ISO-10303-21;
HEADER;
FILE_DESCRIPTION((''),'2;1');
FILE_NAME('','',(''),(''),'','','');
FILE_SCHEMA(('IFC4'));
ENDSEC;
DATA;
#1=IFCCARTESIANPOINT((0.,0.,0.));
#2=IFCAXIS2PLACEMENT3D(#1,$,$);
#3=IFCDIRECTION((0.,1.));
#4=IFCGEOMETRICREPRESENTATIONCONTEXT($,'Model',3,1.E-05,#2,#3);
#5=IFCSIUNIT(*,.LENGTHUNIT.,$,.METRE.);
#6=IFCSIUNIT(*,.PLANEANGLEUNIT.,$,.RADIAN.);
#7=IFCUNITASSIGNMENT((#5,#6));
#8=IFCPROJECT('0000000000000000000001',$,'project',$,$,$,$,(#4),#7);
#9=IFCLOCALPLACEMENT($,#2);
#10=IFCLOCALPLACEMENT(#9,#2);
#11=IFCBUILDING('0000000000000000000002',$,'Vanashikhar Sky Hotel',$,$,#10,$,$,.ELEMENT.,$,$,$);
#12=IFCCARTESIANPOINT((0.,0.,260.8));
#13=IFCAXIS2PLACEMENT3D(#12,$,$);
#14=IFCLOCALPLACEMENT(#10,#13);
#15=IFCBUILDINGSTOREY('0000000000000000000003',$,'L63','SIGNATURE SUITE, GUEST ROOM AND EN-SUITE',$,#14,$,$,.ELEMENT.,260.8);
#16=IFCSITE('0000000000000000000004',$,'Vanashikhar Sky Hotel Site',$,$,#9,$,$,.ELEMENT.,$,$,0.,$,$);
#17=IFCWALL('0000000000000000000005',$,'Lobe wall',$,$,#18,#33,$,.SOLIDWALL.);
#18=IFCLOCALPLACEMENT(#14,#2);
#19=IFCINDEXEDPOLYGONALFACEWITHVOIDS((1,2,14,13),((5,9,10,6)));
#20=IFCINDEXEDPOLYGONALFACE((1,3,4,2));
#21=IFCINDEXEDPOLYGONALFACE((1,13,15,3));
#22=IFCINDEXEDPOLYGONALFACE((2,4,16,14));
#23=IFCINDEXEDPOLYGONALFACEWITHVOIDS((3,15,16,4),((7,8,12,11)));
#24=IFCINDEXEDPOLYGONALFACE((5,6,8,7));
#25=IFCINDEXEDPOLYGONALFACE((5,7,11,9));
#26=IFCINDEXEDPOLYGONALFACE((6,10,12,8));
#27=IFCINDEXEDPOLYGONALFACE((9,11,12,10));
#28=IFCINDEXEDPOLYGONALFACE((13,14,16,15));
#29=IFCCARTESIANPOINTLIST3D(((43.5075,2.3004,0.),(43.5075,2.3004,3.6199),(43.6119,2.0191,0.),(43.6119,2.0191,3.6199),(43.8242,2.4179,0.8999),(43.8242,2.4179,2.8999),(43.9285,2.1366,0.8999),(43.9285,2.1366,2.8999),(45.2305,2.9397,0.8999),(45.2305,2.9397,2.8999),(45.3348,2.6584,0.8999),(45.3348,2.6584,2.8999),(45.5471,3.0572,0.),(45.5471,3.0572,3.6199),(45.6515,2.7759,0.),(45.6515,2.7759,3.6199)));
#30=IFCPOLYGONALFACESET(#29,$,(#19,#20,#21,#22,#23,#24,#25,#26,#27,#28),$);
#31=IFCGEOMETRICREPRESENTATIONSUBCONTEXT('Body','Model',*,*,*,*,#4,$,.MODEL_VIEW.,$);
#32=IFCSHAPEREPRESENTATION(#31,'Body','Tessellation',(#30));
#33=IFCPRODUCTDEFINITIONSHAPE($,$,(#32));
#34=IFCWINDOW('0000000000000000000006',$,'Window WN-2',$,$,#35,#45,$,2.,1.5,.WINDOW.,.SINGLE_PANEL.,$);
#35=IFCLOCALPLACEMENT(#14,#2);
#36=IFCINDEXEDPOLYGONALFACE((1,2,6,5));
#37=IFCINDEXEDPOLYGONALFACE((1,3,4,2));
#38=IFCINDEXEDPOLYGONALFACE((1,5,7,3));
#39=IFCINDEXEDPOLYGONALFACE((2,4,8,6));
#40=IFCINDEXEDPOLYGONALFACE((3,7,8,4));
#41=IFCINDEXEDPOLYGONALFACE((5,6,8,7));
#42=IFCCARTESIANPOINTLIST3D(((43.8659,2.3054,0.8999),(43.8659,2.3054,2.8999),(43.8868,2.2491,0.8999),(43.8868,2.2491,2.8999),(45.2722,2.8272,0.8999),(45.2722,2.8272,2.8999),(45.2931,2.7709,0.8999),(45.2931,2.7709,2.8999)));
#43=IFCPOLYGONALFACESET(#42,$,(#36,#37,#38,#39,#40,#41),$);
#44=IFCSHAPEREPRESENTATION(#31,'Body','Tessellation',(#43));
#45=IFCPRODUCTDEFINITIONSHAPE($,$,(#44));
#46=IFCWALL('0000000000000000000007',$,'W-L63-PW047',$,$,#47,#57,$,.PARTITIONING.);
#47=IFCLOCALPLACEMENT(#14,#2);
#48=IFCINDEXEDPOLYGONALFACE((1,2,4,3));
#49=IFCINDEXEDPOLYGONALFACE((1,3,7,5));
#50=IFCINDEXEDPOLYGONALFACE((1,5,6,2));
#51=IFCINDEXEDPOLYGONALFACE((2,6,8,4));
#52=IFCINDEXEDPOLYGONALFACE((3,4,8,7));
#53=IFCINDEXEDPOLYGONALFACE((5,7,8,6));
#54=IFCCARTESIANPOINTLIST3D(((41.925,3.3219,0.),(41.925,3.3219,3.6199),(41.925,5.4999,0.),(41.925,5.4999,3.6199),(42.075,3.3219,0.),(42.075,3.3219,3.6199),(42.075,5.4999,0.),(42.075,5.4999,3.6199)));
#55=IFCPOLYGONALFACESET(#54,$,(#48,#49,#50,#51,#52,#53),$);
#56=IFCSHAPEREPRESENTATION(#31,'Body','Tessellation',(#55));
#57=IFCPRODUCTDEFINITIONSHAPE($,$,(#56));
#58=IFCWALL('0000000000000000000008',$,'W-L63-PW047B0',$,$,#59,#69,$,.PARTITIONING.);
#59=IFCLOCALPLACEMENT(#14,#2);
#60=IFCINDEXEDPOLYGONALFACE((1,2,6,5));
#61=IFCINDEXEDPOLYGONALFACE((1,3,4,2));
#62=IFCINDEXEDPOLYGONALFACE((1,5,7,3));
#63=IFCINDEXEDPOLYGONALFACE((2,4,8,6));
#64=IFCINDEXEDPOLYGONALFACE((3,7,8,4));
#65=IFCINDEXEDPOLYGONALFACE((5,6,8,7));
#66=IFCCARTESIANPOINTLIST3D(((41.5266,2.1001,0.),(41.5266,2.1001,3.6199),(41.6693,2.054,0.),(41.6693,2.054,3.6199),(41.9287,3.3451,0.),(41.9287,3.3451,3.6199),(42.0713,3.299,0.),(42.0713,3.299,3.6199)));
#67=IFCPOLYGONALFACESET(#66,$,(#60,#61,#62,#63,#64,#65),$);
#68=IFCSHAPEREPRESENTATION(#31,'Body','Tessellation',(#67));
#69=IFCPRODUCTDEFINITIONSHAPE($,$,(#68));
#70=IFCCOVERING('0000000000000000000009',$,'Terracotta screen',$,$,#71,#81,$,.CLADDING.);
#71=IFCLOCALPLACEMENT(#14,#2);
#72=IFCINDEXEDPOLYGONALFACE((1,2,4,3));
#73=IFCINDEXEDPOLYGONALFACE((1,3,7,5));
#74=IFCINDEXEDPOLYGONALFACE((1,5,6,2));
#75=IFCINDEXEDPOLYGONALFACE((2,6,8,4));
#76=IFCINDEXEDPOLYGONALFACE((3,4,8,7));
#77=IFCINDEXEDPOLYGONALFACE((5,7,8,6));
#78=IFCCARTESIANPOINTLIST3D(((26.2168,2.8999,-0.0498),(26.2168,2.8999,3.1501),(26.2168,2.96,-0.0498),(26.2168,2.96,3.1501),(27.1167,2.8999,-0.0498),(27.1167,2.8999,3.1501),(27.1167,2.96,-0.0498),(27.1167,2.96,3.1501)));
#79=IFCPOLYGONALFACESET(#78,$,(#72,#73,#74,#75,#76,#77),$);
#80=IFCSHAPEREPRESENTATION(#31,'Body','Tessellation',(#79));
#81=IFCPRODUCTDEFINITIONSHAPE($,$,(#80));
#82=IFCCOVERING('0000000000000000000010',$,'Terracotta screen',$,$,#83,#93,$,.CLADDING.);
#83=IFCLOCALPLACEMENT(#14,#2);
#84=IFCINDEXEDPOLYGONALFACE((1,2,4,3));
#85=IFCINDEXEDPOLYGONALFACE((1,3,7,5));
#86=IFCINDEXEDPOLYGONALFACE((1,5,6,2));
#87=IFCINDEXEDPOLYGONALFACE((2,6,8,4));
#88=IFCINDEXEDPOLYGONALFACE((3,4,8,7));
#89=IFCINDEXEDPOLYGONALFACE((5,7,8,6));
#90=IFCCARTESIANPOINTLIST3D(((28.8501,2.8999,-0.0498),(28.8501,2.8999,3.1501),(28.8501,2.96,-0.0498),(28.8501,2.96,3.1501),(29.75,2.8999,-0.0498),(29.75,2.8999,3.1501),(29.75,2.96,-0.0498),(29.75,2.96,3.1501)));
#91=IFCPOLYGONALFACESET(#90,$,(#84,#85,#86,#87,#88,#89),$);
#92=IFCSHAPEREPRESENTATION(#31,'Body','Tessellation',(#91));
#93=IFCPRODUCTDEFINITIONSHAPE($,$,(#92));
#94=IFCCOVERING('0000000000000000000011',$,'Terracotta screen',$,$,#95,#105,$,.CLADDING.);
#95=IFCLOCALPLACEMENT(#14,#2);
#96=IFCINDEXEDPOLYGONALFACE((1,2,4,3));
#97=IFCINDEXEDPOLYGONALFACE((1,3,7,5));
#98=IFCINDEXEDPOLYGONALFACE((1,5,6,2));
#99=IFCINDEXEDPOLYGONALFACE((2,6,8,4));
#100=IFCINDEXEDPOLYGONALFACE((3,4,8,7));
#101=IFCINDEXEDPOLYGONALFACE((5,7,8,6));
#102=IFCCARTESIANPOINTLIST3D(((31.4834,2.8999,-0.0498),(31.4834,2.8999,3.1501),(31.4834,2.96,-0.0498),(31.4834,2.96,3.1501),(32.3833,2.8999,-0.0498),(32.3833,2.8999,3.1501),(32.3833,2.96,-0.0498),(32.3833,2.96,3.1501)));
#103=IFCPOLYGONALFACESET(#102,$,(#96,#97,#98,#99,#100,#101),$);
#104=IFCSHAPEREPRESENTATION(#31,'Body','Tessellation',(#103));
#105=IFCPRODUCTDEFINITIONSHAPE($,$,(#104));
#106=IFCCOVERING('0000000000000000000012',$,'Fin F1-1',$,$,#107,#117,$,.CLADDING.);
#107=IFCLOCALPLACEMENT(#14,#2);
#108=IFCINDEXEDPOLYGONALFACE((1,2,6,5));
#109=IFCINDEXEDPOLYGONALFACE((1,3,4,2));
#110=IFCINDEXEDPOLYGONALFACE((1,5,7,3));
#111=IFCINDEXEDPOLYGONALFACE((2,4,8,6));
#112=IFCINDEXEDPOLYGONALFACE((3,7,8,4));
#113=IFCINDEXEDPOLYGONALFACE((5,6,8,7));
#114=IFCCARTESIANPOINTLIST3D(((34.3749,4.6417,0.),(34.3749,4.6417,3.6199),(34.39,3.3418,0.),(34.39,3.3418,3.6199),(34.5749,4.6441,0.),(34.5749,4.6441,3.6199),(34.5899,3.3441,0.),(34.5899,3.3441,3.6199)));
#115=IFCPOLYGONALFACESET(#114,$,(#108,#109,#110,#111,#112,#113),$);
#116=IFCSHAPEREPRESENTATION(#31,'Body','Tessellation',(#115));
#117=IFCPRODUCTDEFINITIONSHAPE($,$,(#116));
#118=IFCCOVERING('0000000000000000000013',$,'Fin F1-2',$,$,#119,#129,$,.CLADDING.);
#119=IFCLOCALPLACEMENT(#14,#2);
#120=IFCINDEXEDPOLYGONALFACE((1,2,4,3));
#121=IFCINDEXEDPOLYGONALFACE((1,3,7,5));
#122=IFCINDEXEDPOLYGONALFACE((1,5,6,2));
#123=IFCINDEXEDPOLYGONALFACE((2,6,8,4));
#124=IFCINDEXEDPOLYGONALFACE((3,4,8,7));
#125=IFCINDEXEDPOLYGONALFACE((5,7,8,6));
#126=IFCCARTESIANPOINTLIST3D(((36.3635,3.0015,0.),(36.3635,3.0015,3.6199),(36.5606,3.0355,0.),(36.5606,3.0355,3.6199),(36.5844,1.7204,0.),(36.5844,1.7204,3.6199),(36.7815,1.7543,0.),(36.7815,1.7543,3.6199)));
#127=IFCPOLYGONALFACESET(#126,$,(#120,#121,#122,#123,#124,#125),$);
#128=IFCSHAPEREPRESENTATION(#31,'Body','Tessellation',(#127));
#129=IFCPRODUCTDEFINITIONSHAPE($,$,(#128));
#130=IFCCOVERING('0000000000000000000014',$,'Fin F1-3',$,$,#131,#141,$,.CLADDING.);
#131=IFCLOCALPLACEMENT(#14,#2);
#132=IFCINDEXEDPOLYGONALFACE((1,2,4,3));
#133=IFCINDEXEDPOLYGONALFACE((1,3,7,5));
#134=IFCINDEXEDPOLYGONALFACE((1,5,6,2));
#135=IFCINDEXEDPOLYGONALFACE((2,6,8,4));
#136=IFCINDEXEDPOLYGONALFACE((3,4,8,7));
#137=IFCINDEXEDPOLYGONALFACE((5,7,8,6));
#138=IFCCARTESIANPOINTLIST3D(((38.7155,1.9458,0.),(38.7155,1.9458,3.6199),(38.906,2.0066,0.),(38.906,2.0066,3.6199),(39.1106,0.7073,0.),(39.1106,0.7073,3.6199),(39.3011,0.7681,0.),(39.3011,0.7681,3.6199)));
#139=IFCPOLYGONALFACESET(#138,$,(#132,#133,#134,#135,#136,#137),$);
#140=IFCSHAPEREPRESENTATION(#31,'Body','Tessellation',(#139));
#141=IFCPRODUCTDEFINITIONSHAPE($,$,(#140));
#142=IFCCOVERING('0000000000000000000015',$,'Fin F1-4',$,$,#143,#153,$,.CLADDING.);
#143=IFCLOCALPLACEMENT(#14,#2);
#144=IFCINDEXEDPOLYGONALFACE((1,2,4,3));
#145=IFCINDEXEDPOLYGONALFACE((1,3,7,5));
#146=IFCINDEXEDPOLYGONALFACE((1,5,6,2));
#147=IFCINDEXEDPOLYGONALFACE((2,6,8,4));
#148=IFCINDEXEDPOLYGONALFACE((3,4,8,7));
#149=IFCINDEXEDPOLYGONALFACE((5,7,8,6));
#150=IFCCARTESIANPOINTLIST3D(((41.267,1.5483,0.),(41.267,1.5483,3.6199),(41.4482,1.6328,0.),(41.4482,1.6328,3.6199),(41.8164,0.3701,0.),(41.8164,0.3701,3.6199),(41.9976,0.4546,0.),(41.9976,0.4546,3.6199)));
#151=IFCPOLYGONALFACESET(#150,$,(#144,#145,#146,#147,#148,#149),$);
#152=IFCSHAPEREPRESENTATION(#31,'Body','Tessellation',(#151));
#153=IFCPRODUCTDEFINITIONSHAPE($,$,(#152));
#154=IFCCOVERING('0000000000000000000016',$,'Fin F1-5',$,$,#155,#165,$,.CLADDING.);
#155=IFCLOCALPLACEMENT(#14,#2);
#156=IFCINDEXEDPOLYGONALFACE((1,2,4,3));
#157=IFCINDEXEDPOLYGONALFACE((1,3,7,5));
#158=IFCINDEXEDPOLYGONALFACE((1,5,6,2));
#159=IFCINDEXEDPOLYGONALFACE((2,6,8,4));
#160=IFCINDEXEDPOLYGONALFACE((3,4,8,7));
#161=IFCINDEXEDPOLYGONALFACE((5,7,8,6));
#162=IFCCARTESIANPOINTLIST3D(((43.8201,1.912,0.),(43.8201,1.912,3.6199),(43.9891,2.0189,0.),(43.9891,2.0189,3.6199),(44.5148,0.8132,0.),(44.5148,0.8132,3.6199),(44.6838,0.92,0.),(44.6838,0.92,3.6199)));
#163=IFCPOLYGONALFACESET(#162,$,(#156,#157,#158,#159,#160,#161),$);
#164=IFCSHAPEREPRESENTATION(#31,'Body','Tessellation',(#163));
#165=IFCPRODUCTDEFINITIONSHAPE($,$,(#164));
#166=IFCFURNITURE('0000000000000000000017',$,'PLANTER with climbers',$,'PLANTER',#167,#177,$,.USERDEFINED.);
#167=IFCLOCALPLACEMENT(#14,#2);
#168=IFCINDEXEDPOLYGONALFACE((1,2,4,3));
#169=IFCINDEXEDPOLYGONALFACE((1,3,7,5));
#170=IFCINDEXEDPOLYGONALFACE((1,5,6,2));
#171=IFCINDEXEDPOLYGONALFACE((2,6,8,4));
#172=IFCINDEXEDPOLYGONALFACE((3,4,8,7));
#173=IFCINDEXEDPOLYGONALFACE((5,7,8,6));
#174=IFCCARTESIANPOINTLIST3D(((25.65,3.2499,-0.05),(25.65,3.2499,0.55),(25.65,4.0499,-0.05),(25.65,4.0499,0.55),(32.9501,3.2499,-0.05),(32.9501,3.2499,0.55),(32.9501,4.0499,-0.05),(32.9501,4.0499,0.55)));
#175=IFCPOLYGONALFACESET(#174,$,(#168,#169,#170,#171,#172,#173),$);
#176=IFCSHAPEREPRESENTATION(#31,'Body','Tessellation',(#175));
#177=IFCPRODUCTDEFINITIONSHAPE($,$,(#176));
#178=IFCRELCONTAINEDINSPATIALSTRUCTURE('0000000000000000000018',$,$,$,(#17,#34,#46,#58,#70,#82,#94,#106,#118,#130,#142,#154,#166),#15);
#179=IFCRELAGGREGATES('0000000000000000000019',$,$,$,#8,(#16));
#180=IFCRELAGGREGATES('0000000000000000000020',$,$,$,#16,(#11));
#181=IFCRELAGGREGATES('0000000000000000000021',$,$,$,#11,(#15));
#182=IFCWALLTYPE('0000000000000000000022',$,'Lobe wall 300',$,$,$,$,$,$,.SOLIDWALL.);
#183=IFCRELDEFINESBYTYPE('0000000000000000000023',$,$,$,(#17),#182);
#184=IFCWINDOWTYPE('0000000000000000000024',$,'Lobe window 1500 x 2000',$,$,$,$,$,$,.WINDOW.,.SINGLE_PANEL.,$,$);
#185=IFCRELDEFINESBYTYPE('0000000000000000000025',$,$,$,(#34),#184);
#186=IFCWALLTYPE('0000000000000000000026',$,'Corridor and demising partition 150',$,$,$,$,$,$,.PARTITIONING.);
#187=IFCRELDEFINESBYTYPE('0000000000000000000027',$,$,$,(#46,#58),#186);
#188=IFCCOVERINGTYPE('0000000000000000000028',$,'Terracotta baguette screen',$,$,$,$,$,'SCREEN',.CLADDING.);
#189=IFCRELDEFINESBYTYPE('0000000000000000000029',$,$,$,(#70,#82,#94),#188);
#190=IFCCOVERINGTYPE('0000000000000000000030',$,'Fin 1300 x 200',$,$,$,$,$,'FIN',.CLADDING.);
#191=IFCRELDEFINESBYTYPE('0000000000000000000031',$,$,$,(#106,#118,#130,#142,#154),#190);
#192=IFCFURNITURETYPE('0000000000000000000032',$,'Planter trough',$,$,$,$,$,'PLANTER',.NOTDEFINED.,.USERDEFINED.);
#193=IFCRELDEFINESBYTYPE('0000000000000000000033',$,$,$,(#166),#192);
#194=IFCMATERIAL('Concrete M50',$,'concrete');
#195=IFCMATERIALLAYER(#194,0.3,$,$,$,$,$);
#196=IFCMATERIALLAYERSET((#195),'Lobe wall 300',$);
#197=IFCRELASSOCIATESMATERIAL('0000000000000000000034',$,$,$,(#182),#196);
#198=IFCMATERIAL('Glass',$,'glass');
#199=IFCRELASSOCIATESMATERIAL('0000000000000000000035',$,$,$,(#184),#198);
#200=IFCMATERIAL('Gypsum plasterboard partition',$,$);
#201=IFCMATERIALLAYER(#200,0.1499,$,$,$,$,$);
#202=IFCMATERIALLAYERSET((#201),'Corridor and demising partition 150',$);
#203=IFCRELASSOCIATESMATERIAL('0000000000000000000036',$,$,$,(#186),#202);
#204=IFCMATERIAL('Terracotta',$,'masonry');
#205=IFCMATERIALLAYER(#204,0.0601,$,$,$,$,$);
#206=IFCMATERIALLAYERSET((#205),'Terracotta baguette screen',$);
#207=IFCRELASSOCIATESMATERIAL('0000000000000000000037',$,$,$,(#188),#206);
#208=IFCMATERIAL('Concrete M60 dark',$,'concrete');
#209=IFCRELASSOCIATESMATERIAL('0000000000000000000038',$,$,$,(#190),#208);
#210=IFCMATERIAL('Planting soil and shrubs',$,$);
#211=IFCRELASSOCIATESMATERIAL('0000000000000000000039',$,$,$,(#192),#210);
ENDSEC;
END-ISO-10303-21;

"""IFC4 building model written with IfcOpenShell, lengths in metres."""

from ifc_helpers import new_model, si_unit, direction, frame, frame_2d, origin, origin_2d, place, context, subcontext, project, spatial, rectangle, extrude, source, transform, mapped, material, layer, layer_set, material_profile, profile_set, type_object, element, fill, save


model = new_model("IFC4")

# Units and contexts
model_context = context("Model", 3, precision=1e-05, world=origin(), true_north=direction((0.0, 1.0)))
body_context = subcontext(model_context, "Body", "Model", "MODEL_VIEW")
ifc_project = project(units=[si_unit("LENGTHUNIT", "METRE"), si_unit("PLANEANGLEUNIT", "RADIAN")], contexts=[model_context])

# Site, building, storey
site_placement = place(None, origin())
site = spatial("IfcSite", under=ifc_project, at=site_placement, Name="Vanashikhar Sky Hotel Site", CompositionType="ELEMENT", RefElevation=0.0)
building_placement = place(site_placement, origin())
building = spatial("IfcBuilding", under=site, at=building_placement, Name="Vanashikhar Sky Hotel", CompositionType="ELEMENT")
storey_placement = place(building_placement, frame((0.0, 0.0, 260.8)))
storey = spatial("IfcBuildingStorey", under=building, at=storey_placement, Name="L63", Description="SIGNATURE SUITE, GUEST ROOM AND EN-SUITE", CompositionType="ELEMENT", Elevation=260.8)

# Wall, opening, window
ifc_material_1 = material(Name="Concrete M50", Category="concrete")
ifc_layer_1 = layer(ifc_material_1, 0.3)
ifc_layer_set_1 = layer_set([ifc_layer_1], Name="Lobe wall 300")
wall_type_1 = type_object("IfcWallType", Name="Lobe wall 300", PredefinedType="SOLIDWALL", material=ifc_layer_set_1)
shared_shape_1 = source(origin(), body_context, "Body", "SweptSolid", [
    extrude(rectangle(XDim=1.5, YDim=2.0, at=frame_2d((0.75, 1.0))), frame((0.0, 0.1602, 0.0), z_axis=(0.0, -1.0, 0.0), x_axis=(1.0, 0.0, 0.0)), (0.0, 0.0, 1.0), 0.3201),
])
ifc_material_2 = material(Name="Glass", Category="glass")
window_type = type_object("IfcWindowType", Name="Lobe window 1500 x 2000", PartitioningType="SINGLE_PANEL", PredefinedType="WINDOW", material=ifc_material_2)
shared_shape_2 = source(origin(), body_context, "Body", "SweptSolid", [
    extrude(rectangle(XDim=1.5, YDim=2.0, at=frame_2d((0.75, 1.0))), frame((0.0, 0.03, 0.0), z_axis=(0.0, -1.0, 0.0), x_axis=(1.0, 0.0, 0.0)), (0.0, 0.0, 1.0), 0.0601),
])
shared_shape_3 = source(origin(), body_context, "Body", "SweptSolid", [
    extrude(rectangle(XDim=2.1755, YDim=0.3, at=frame_2d((1.0879, 0.0))), origin(), (0.0, 0.0, 1.0), 3.6199),
])
wall_1_placement = place(storey_placement, frame((43.5596, 2.1597, 0.0), z_axis=(0.0, 0.0, 1.0), x_axis=(0.937532, 0.347899, 0.0)))
wall_1 = element("IfcWall", 1, at=wall_1_placement, inside=storey, type_object=wall_type_1, Name="Lobe wall", PredefinedType="SOLIDWALL", context=body_context, shape_type="MappedRepresentation", body=[
    mapped(shared_shape_3, transform((0.0, 0.0, 0.0), scale=1.0)),
])
opening_1_placement = place(wall_1_placement, frame((0.3379, 0.0, 0.8999)))
opening_1 = element("IfcOpeningElement", 2, at=opening_1_placement, cuts=wall_1, PredefinedType="OPENING", context=body_context, shape_type="MappedRepresentation", body=[
    mapped(shared_shape_1, transform((0.0, 0.0, 0.0), scale=1.0)),
])
window_1_placement = place(opening_1_placement, origin())
window_1 = element("IfcWindow", 3, at=window_1_placement, inside=storey, type_object=window_type, Name="Window WN-2", OverallHeight=2.0, OverallWidth=1.5, PartitioningType="SINGLE_PANEL", PredefinedType="WINDOW", context=body_context, shape_type="MappedRepresentation", body=[
    mapped(shared_shape_2, transform((0.0, 0.0, 0.0), scale=1.0)),
])
fill(opening_1, window_1)

# Walls
ifc_material_3 = material(Name="Gypsum plasterboard partition")
ifc_layer_2 = layer(ifc_material_3, 0.1499)
ifc_layer_set_2 = layer_set([ifc_layer_2], Name="Corridor and demising partition 150")
wall_type_2 = type_object("IfcWallType", Name="Corridor and demising partition 150", PredefinedType="PARTITIONING", material=ifc_layer_set_2)
shared_shape_4 = source(origin(), body_context, "Body", "SweptSolid", [
    extrude(rectangle(XDim=2.178, YDim=0.1499, at=frame_2d((1.0889, 0.0))), origin(), (0.0, 0.0, 1.0), 3.6199),
])
wall_2_placement = place(storey_placement, frame((42.0, 3.322, 0.0), z_axis=(0.0, 0.0, 1.0), x_axis=(0.0, 1.0, 0.0)))
element("IfcWall", 4, at=wall_2_placement, inside=storey, type_object=wall_type_2, Name="W-L63-PW047", PredefinedType="PARTITIONING", context=body_context, shape_type="MappedRepresentation", body=[
    mapped(shared_shape_4, transform((0.0, 0.0, 0.0), scale=1.0)),
])
shared_shape_5 = source(origin(), body_context, "Body", "SweptSolid", [
    extrude(rectangle(XDim=1.3083, YDim=0.1499, at=frame_2d((0.6543, 0.0))), origin(), (0.0, 0.0, 1.0), 3.6199),
])
wall_3_placement = place(storey_placement, frame((41.5979, 2.0769, 0.0), z_axis=(0.0, 0.0, 1.0), x_axis=(0.307314, 0.951608, 0.0)))
element("IfcWall", 5, at=wall_3_placement, inside=storey, type_object=wall_type_2, Name="W-L63-PW047B0", PredefinedType="PARTITIONING", context=body_context, shape_type="MappedRepresentation", body=[
    mapped(shared_shape_5, transform((0.0, 0.0, 0.0), scale=1.0)),
])

# Coverings
ifc_material_4 = material(Name="Terracotta", Category="masonry")
ifc_layer_3 = layer(ifc_material_4, 0.0601)
ifc_layer_set_3 = layer_set([ifc_layer_3], Name="Terracotta baguette screen")
covering_type_1 = type_object("IfcCoveringType", Name="Terracotta baguette screen", ElementType="SCREEN", PredefinedType="CLADDING", material=ifc_layer_set_3)
shared_shape_6 = source(origin(), body_context, "Body", "SweptSolid", [
    extrude(rectangle(XDim=0.8999, YDim=0.0601, at=origin_2d()), origin(), (0.0, 0.0, 1.0), 3.2),
])
for number, where, z_axis, x_axis, name in (
    (6, (26.6667, 2.9299, -0.0498), (0.0, 0.0, 1.0), (1.0, 0.0, 0.0), "Terracotta screen"),
    (7, (29.3, 2.9299, -0.0498), (0.0, 0.0, 1.0), (1.0, 0.0, 0.0), "Terracotta screen"),
    (8, (31.9333, 2.9299, -0.0498), (0.0, 0.0, 1.0), (1.0, 0.0, 0.0), "Terracotta screen"),
):
    element("IfcCovering", number, at=place(storey_placement, frame(where, z_axis=z_axis, x_axis=x_axis)), inside=storey, type_object=covering_type_1, Name=name, PredefinedType="CLADDING", context=body_context, shape_type="MappedRepresentation", body=[
        mapped(shared_shape_6, transform((0.0, 0.0, 0.0), scale=1.0)),
    ])
ifc_material_5 = material(Name="Concrete M60 dark", Category="concrete")
ifc_material_profile = material_profile(ifc_material_5, rectangle(XDim=1.3, YDim=0.2, at=origin_2d()))
ifc_profile_set = profile_set([ifc_material_profile], Name="Fin 1300 x 200")
covering_type_2 = type_object("IfcCoveringType", Name="Fin 1300 x 200", ElementType="FIN", PredefinedType="CLADDING", material=ifc_profile_set)
shared_shape_7 = source(origin(), body_context, "Body", "SweptSolid", [
    extrude(rectangle(XDim=1.3, YDim=0.2, at=origin_2d()), origin(), (0.0, 0.0, 1.0), 3.6199),
])
for number, where, z_axis, x_axis, name in (
    (9, (34.4824, 3.9929, 0.0), (0.0, 0.0, 1.0), (0.011589, -0.999933, 0.0), "Fin F1-1"),
    (10, (36.5725, 2.3779, 0.0), (0.0, 0.0, 1.0), (0.1699, -0.985461, 0.0), "Fin F1-2"),
    (11, (39.0083, 1.3569, 0.0), (0.0, 0.0, 1.0), (0.303967, -0.952683, 0.0), "Fin F1-3"),
    (12, (41.6323, 1.0015, 0.0), (0.0, 0.0, 1.0), (0.422618, -0.906308, 0.0), "Fin F1-4"),
    (13, (44.252, 1.416, 0.0), (0.0, 0.0, 1.0), (0.534411, -0.845225, 0.0), "Fin F1-5"),
):
    element("IfcCovering", number, at=place(storey_placement, frame(where, z_axis=z_axis, x_axis=x_axis)), inside=storey, type_object=covering_type_2, Name=name, PredefinedType="CLADDING", context=body_context, shape_type="MappedRepresentation", body=[
        mapped(shared_shape_7, transform((0.0, 0.0, 0.0), scale=1.0)),
    ])

# Furniture
ifc_material_6 = material(Name="Planting soil and shrubs")
furniture_type = type_object("IfcFurnitureType", Name="Planter trough", ElementType="PLANTER", AssemblyPlace="NOTDEFINED", PredefinedType="USERDEFINED", material=ifc_material_6)
shared_shape_8 = source(origin(), body_context, "Body", "SweptSolid", [
    extrude(rectangle(XDim=7.3, YDim=0.8, at=origin_2d()), origin(), (0.0, 0.0, 1.0), 0.6001),
])
furniture_placement = place(storey_placement, frame((29.3, 3.6499, -0.05), z_axis=(0.0, 0.0, 1.0), x_axis=(1.0, 0.0, 0.0)))
element("IfcFurniture", 14, at=furniture_placement, inside=storey, type_object=furniture_type, Name="PLANTER with climbers", ObjectType="PLANTER", PredefinedType="USERDEFINED", context=body_context, shape_type="MappedRepresentation", body=[
    mapped(shared_shape_8, transform((0.0, 0.0, 0.0), scale=1.0)),
])

save(model, "model.ifc")
